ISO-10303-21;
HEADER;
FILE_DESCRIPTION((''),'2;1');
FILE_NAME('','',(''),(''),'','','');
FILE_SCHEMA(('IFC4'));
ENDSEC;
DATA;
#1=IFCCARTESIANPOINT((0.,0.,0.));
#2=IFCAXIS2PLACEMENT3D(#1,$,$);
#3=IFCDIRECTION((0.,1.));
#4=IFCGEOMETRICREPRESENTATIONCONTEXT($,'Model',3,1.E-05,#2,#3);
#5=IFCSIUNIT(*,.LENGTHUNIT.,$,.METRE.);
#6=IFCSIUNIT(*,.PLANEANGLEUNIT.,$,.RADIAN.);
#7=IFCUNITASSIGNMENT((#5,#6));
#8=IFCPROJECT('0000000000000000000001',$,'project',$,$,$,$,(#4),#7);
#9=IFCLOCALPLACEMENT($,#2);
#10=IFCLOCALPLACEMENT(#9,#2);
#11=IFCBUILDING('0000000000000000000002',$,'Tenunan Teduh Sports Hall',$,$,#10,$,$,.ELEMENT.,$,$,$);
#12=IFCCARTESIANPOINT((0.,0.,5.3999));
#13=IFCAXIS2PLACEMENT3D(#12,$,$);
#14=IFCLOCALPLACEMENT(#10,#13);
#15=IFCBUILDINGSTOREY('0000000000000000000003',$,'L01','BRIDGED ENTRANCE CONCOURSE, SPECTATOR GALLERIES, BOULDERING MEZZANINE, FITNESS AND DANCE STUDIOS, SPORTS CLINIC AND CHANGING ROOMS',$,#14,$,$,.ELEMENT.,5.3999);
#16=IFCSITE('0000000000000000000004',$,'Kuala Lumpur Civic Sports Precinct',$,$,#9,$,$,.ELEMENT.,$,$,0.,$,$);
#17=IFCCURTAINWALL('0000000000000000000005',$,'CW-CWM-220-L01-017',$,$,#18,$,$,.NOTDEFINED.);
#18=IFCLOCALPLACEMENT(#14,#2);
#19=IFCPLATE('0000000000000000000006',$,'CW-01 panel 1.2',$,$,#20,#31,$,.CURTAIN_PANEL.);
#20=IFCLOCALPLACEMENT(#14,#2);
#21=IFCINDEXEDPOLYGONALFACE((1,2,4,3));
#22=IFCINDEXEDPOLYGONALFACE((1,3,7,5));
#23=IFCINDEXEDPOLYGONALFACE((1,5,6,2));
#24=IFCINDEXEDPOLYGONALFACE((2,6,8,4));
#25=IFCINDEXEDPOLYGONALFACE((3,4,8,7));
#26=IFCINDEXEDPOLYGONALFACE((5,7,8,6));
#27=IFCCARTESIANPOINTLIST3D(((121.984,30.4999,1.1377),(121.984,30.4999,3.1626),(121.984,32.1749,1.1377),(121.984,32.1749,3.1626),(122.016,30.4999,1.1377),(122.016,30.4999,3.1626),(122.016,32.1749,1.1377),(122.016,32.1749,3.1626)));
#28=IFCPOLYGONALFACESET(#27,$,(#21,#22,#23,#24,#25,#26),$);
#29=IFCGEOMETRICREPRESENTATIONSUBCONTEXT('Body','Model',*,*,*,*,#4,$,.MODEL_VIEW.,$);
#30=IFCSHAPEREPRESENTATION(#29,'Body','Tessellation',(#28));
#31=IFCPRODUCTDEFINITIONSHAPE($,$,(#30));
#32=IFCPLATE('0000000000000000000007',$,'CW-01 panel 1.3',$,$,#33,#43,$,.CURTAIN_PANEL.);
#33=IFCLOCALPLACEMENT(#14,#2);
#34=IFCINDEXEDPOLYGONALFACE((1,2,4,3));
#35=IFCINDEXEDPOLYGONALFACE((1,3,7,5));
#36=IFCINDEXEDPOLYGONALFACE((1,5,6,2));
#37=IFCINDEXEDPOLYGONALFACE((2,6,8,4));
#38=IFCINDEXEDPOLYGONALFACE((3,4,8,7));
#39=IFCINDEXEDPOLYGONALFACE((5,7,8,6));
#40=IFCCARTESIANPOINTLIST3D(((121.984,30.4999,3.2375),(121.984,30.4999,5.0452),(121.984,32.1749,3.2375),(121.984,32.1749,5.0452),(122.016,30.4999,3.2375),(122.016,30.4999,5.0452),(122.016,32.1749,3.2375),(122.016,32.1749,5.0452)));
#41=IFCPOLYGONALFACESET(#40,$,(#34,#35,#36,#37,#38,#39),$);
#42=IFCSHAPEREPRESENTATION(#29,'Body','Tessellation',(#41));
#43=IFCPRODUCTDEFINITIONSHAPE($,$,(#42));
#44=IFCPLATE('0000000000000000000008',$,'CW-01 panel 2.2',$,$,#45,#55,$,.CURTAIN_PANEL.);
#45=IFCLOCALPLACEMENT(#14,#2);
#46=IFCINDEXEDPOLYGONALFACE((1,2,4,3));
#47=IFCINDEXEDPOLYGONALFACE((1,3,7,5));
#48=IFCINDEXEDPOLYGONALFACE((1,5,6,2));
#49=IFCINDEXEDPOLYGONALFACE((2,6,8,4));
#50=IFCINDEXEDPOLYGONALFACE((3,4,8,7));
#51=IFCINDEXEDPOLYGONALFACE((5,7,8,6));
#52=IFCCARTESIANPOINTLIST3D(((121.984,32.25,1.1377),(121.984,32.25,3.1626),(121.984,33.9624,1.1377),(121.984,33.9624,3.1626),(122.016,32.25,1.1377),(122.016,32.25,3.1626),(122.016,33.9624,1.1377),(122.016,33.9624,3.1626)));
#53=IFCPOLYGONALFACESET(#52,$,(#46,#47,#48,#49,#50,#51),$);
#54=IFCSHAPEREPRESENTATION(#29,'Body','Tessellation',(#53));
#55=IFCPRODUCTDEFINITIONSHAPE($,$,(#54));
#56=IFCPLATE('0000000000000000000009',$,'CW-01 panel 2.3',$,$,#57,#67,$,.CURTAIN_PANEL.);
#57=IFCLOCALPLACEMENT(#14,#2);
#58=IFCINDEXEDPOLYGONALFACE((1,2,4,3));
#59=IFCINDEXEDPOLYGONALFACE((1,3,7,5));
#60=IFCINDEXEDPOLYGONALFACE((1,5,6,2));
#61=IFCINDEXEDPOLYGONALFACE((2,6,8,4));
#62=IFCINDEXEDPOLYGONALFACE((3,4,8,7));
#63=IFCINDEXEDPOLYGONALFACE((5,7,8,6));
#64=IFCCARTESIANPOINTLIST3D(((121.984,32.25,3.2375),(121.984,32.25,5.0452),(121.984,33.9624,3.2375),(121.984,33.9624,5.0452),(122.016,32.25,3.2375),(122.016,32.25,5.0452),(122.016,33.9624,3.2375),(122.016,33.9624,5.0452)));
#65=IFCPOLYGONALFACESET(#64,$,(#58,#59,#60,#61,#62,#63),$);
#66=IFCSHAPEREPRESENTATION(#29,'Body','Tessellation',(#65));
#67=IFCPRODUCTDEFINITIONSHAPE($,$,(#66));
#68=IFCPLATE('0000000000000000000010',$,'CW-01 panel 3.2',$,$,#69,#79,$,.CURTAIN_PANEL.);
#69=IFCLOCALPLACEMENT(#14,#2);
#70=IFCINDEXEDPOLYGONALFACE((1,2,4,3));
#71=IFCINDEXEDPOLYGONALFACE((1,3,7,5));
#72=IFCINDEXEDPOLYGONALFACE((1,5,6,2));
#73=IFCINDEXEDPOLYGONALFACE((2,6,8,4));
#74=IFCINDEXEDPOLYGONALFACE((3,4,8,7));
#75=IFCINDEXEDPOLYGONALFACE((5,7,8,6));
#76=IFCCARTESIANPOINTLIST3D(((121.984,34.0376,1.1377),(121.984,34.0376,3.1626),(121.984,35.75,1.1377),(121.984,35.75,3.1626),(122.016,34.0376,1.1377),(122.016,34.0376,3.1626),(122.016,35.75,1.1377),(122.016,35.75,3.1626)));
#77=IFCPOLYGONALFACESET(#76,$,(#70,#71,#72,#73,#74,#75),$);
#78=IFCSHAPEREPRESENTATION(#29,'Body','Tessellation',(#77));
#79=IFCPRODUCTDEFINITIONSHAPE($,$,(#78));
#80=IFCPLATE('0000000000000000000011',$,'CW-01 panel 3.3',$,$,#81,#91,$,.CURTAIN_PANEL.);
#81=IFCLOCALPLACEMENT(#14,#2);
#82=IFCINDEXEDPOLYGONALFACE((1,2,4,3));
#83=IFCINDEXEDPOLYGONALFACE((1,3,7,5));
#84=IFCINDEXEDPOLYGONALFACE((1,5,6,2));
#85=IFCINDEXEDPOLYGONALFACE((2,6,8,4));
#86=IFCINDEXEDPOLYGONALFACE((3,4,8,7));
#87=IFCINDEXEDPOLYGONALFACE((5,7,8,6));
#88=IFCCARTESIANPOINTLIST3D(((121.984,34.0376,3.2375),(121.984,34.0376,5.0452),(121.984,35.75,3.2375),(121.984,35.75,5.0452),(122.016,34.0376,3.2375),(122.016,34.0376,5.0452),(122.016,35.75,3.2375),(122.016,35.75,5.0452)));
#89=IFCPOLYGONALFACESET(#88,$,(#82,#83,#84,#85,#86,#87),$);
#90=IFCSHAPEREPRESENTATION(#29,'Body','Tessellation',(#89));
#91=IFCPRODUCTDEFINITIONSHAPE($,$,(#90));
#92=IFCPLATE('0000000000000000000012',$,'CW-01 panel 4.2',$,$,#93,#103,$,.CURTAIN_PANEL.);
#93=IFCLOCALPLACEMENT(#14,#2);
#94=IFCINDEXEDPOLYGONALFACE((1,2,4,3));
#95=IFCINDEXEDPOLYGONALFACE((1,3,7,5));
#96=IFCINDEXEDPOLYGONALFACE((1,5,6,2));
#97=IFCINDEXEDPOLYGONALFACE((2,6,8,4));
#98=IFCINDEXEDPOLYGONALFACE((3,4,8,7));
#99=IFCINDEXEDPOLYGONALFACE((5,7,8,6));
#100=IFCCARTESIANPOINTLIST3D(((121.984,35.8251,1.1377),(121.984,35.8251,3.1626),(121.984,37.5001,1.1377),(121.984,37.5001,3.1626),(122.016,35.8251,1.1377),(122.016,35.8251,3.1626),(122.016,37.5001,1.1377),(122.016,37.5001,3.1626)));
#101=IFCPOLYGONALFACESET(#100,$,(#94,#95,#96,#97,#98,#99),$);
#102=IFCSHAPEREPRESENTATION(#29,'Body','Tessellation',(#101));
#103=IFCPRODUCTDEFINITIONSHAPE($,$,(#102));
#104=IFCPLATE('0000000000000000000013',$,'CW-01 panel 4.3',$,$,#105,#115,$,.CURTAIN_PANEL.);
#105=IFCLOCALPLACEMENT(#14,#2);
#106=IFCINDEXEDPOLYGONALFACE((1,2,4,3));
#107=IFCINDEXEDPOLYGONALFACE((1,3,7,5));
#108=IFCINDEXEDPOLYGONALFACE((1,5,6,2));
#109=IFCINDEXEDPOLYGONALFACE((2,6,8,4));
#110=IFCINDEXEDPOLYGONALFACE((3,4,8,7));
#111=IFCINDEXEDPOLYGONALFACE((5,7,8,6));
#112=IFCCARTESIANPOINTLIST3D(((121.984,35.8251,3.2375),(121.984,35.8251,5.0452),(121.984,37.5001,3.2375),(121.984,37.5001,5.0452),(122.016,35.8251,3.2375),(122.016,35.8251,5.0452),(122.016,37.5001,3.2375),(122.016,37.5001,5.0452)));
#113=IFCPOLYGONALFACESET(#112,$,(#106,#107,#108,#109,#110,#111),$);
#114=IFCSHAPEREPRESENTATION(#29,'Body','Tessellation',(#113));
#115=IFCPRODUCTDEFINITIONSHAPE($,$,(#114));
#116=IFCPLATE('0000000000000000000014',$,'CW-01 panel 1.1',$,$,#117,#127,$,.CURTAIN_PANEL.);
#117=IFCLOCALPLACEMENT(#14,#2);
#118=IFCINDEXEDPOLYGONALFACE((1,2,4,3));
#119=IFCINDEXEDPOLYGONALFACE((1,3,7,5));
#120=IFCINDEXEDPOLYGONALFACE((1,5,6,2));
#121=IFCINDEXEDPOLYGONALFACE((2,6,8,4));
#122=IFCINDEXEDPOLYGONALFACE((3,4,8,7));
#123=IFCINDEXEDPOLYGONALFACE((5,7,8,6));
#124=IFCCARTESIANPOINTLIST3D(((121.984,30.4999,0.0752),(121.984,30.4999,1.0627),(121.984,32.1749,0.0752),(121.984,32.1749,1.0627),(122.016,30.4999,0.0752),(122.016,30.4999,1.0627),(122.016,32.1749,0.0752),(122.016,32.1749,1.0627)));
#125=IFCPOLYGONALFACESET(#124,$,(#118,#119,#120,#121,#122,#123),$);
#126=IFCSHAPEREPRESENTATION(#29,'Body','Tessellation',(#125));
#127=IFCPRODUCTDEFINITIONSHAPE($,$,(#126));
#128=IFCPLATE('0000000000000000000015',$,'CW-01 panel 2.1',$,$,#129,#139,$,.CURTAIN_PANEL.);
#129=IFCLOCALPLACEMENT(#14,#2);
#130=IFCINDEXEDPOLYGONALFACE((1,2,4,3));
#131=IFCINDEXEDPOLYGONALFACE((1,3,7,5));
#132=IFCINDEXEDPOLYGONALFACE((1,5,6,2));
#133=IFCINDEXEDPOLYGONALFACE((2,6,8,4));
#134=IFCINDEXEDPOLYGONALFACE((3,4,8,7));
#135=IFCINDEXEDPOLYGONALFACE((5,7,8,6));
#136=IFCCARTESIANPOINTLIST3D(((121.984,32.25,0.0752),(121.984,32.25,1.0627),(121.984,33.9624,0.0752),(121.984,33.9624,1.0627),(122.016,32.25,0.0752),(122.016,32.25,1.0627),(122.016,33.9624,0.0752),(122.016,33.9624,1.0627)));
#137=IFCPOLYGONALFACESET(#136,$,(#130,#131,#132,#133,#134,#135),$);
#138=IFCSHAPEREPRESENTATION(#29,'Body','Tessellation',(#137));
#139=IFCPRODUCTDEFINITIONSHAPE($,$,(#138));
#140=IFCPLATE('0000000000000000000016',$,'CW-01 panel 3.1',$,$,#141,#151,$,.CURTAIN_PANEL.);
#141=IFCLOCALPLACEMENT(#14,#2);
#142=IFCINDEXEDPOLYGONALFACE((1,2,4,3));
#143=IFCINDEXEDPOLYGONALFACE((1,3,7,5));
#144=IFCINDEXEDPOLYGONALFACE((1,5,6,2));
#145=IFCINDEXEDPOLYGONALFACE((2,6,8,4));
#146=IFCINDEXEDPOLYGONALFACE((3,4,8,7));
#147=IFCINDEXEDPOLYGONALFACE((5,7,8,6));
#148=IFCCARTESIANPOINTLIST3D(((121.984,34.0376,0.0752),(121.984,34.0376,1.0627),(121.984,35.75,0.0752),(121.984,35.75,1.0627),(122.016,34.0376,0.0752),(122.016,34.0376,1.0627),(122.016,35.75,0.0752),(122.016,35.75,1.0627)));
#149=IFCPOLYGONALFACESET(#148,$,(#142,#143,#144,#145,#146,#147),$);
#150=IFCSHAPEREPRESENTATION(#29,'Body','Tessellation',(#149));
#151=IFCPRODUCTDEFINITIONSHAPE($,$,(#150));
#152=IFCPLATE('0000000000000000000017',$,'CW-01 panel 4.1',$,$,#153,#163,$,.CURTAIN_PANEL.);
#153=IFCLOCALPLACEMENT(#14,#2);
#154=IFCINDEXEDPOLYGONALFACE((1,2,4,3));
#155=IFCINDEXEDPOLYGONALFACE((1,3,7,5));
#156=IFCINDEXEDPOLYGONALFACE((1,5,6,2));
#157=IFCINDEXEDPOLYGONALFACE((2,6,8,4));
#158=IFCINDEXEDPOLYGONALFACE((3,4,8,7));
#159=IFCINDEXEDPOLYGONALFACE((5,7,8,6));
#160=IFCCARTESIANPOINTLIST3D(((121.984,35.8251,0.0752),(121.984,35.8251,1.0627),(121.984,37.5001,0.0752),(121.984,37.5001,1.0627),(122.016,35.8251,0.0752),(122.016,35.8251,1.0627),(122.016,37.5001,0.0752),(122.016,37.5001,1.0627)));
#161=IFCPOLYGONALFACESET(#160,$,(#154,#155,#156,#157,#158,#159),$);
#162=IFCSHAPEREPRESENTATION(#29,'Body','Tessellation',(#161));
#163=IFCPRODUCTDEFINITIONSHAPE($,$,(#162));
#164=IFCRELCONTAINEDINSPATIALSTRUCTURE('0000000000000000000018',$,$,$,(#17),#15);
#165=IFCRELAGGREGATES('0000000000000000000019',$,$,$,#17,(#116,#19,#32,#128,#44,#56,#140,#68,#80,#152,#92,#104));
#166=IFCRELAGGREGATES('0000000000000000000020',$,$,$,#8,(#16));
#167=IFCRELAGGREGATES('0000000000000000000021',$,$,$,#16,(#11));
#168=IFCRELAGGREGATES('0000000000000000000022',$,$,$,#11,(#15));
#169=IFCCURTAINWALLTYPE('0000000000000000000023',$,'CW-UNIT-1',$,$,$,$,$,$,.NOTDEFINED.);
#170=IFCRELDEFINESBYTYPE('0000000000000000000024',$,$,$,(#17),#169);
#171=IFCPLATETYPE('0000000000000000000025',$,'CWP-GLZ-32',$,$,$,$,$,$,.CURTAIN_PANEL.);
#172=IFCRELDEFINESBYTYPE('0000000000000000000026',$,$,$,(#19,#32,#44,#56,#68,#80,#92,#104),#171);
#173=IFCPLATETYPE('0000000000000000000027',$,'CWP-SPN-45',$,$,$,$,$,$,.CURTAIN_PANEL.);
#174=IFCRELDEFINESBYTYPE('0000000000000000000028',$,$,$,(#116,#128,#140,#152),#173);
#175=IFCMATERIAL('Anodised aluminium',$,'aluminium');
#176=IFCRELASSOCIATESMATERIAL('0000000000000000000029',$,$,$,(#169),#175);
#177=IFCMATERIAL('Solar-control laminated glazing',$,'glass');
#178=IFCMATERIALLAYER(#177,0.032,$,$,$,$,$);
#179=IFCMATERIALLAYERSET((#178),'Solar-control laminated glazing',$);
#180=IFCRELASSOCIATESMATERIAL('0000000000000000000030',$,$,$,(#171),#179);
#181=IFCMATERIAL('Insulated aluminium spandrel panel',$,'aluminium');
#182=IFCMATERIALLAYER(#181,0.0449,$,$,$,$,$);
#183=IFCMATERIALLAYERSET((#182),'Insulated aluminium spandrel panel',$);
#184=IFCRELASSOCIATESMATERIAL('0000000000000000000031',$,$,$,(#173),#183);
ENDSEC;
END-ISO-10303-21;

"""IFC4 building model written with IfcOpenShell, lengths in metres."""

from ifc_helpers import new_model, si_unit, direction, frame, origin, origin_2d, place, context, subcontext, project, spatial, rectangle, extrude, material, layer, layer_set, type_object, element, aggregate, save


model = new_model("IFC4")

# Units and contexts
model_context = context("Model", 3, precision=1e-05, world=origin(), true_north=direction((0.0, 1.0)))
body_context = subcontext(model_context, "Body", "Model", "MODEL_VIEW")
ifc_project = project(units=[si_unit("LENGTHUNIT", "METRE"), si_unit("PLANEANGLEUNIT", "RADIAN")], contexts=[model_context])

# Site, building, storey
site_placement = place(None, origin())
site = spatial("IfcSite", under=ifc_project, at=site_placement, Name="Kuala Lumpur Civic Sports Precinct", CompositionType="ELEMENT", RefElevation=0.0)
building_placement = place(site_placement, origin())
building = spatial("IfcBuilding", under=site, at=building_placement, Name="Tenunan Teduh Sports Hall", CompositionType="ELEMENT")
storey_placement = place(building_placement, frame((0.0, 0.0, 5.3999)))
storey = spatial("IfcBuildingStorey", under=building, at=storey_placement, Name="L01", Description="BRIDGED ENTRANCE CONCOURSE, SPECTATOR GALLERIES, BOULDERING MEZZANINE, FITNESS AND DANCE STUDIOS, SPORTS CLINIC AND CHANGING ROOMS", CompositionType="ELEMENT", Elevation=5.3999)

# Curtain wall
ifc_material_1 = material(Name="Anodised aluminium", Category="aluminium")
curtain_wall_type = type_object("IfcCurtainWallType", Name="CW-UNIT-1", PredefinedType="NOTDEFINED", material=ifc_material_1)
curtain_wall_placement = place(storey_placement, origin())
curtain_wall = element("IfcCurtainWall", 1, at=curtain_wall_placement, inside=storey, type_object=curtain_wall_type, Name="CW-CWM-220-L01-017", PredefinedType="NOTDEFINED")

# Plates
ifc_material_2 = material(Name="Solar-control laminated glazing", Category="glass")
ifc_layer_1 = layer(ifc_material_2, 0.032)
ifc_layer_set_1 = layer_set([ifc_layer_1], Name="Solar-control laminated glazing")
plate_type_1 = type_object("IfcPlateType", Name="CWP-GLZ-32", PredefinedType="CURTAIN_PANEL", material=ifc_layer_set_1)
plate_1_placement = place(storey_placement, frame((122.0, 31.3374, 1.1377), z_axis=(0.0, 0.0, 1.0), x_axis=(0.0, 1.0, 0.0)))
plate_1 = element("IfcPlate", 2, at=plate_1_placement, type_object=plate_type_1, Name="CW-01 panel 1.2", PredefinedType="CURTAIN_PANEL", context=body_context, shape_type="SweptSolid", body=[
    extrude(rectangle(XDim=1.675, YDim=0.032, at=origin_2d()), origin(), (0.0, 0.0, 1.0), 2.0249),
])
plate_2_placement = place(storey_placement, frame((122.0, 31.3374, 3.2375), z_axis=(0.0, 0.0, 1.0), x_axis=(0.0, 1.0, 0.0)))
plate_2 = element("IfcPlate", 3, at=plate_2_placement, type_object=plate_type_1, Name="CW-01 panel 1.3", PredefinedType="CURTAIN_PANEL", context=body_context, shape_type="SweptSolid", body=[
    extrude(rectangle(XDim=1.675, YDim=0.032, at=origin_2d()), origin(), (0.0, 0.0, 1.0), 1.8076),
])
plate_3_placement = place(storey_placement, frame((122.0, 33.1062, 1.1377), z_axis=(0.0, 0.0, 1.0), x_axis=(0.0, 1.0, 0.0)))
plate_3 = element("IfcPlate", 4, at=plate_3_placement, type_object=plate_type_1, Name="CW-01 panel 2.2", PredefinedType="CURTAIN_PANEL", context=body_context, shape_type="SweptSolid", body=[
    extrude(rectangle(XDim=1.7124, YDim=0.032, at=origin_2d()), origin(), (0.0, 0.0, 1.0), 2.0249),
])
plate_4_placement = place(storey_placement, frame((122.0, 33.1062, 3.2375), z_axis=(0.0, 0.0, 1.0), x_axis=(0.0, 1.0, 0.0)))
plate_4 = element("IfcPlate", 5, at=plate_4_placement, type_object=plate_type_1, Name="CW-01 panel 2.3", PredefinedType="CURTAIN_PANEL", context=body_context, shape_type="SweptSolid", body=[
    extrude(rectangle(XDim=1.7124, YDim=0.032, at=origin_2d()), origin(), (0.0, 0.0, 1.0), 1.8076),
])
plate_5_placement = place(storey_placement, frame((122.0, 34.8938, 1.1377), z_axis=(0.0, 0.0, 1.0), x_axis=(0.0, 1.0, 0.0)))
plate_5 = element("IfcPlate", 6, at=plate_5_placement, type_object=plate_type_1, Name="CW-01 panel 3.2", PredefinedType="CURTAIN_PANEL", context=body_context, shape_type="SweptSolid", body=[
    extrude(rectangle(XDim=1.7124, YDim=0.032, at=origin_2d()), origin(), (0.0, 0.0, 1.0), 2.0249),
])
plate_6_placement = place(storey_placement, frame((122.0, 34.8938, 3.2375), z_axis=(0.0, 0.0, 1.0), x_axis=(0.0, 1.0, 0.0)))
plate_6 = element("IfcPlate", 7, at=plate_6_placement, type_object=plate_type_1, Name="CW-01 panel 3.3", PredefinedType="CURTAIN_PANEL", context=body_context, shape_type="SweptSolid", body=[
    extrude(rectangle(XDim=1.7124, YDim=0.032, at=origin_2d()), origin(), (0.0, 0.0, 1.0), 1.8076),
])
plate_7_placement = place(storey_placement, frame((122.0, 36.6626, 1.1377), z_axis=(0.0, 0.0, 1.0), x_axis=(0.0, 1.0, 0.0)))
plate_7 = element("IfcPlate", 8, at=plate_7_placement, type_object=plate_type_1, Name="CW-01 panel 4.2", PredefinedType="CURTAIN_PANEL", context=body_context, shape_type="SweptSolid", body=[
    extrude(rectangle(XDim=1.675, YDim=0.032, at=origin_2d()), origin(), (0.0, 0.0, 1.0), 2.0249),
])
plate_8_placement = place(storey_placement, frame((122.0, 36.6626, 3.2375), z_axis=(0.0, 0.0, 1.0), x_axis=(0.0, 1.0, 0.0)))
plate_8 = element("IfcPlate", 9, at=plate_8_placement, type_object=plate_type_1, Name="CW-01 panel 4.3", PredefinedType="CURTAIN_PANEL", context=body_context, shape_type="SweptSolid", body=[
    extrude(rectangle(XDim=1.675, YDim=0.032, at=origin_2d()), origin(), (0.0, 0.0, 1.0), 1.8076),
])
ifc_material_3 = material(Name="Insulated aluminium spandrel panel", Category="aluminium")
ifc_layer_2 = layer(ifc_material_3, 0.0449)
ifc_layer_set_2 = layer_set([ifc_layer_2], Name="Insulated aluminium spandrel panel")
plate_type_2 = type_object("IfcPlateType", Name="CWP-SPN-45", PredefinedType="CURTAIN_PANEL", material=ifc_layer_set_2)
plate_9_placement = place(storey_placement, frame((122.0, 31.3374, 0.0752), z_axis=(0.0, 0.0, 1.0), x_axis=(0.0, 1.0, 0.0)))
plate_9 = element("IfcPlate", 10, at=plate_9_placement, type_object=plate_type_2, Name="CW-01 panel 1.1", PredefinedType="CURTAIN_PANEL", context=body_context, shape_type="SweptSolid", body=[
    extrude(rectangle(XDim=1.675, YDim=0.032, at=origin_2d()), origin(), (0.0, 0.0, 1.0), 0.9875),
])
plate_10_placement = place(storey_placement, frame((122.0, 33.1062, 0.0752), z_axis=(0.0, 0.0, 1.0), x_axis=(0.0, 1.0, 0.0)))
plate_10 = element("IfcPlate", 11, at=plate_10_placement, type_object=plate_type_2, Name="CW-01 panel 2.1", PredefinedType="CURTAIN_PANEL", context=body_context, shape_type="SweptSolid", body=[
    extrude(rectangle(XDim=1.7124, YDim=0.032, at=origin_2d()), origin(), (0.0, 0.0, 1.0), 0.9875),
])
plate_11_placement = place(storey_placement, frame((122.0, 34.8938, 0.0752), z_axis=(0.0, 0.0, 1.0), x_axis=(0.0, 1.0, 0.0)))
plate_11 = element("IfcPlate", 12, at=plate_11_placement, type_object=plate_type_2, Name="CW-01 panel 3.1", PredefinedType="CURTAIN_PANEL", context=body_context, shape_type="SweptSolid", body=[
    extrude(rectangle(XDim=1.7124, YDim=0.032, at=origin_2d()), origin(), (0.0, 0.0, 1.0), 0.9875),
])
plate_12_placement = place(storey_placement, frame((122.0, 36.6626, 0.0752), z_axis=(0.0, 0.0, 1.0), x_axis=(0.0, 1.0, 0.0)))
plate_12 = element("IfcPlate", 13, at=plate_12_placement, type_object=plate_type_2, Name="CW-01 panel 4.1", PredefinedType="CURTAIN_PANEL", context=body_context, shape_type="SweptSolid", body=[
    extrude(rectangle(XDim=1.675, YDim=0.032, at=origin_2d()), origin(), (0.0, 0.0, 1.0), 0.9875),
])
aggregate(curtain_wall, [plate_9, plate_1, plate_2, plate_10, plate_3, plate_4, plate_11, plate_5, plate_6, plate_12, plate_7, plate_8])

save(model, "model.ifc")
